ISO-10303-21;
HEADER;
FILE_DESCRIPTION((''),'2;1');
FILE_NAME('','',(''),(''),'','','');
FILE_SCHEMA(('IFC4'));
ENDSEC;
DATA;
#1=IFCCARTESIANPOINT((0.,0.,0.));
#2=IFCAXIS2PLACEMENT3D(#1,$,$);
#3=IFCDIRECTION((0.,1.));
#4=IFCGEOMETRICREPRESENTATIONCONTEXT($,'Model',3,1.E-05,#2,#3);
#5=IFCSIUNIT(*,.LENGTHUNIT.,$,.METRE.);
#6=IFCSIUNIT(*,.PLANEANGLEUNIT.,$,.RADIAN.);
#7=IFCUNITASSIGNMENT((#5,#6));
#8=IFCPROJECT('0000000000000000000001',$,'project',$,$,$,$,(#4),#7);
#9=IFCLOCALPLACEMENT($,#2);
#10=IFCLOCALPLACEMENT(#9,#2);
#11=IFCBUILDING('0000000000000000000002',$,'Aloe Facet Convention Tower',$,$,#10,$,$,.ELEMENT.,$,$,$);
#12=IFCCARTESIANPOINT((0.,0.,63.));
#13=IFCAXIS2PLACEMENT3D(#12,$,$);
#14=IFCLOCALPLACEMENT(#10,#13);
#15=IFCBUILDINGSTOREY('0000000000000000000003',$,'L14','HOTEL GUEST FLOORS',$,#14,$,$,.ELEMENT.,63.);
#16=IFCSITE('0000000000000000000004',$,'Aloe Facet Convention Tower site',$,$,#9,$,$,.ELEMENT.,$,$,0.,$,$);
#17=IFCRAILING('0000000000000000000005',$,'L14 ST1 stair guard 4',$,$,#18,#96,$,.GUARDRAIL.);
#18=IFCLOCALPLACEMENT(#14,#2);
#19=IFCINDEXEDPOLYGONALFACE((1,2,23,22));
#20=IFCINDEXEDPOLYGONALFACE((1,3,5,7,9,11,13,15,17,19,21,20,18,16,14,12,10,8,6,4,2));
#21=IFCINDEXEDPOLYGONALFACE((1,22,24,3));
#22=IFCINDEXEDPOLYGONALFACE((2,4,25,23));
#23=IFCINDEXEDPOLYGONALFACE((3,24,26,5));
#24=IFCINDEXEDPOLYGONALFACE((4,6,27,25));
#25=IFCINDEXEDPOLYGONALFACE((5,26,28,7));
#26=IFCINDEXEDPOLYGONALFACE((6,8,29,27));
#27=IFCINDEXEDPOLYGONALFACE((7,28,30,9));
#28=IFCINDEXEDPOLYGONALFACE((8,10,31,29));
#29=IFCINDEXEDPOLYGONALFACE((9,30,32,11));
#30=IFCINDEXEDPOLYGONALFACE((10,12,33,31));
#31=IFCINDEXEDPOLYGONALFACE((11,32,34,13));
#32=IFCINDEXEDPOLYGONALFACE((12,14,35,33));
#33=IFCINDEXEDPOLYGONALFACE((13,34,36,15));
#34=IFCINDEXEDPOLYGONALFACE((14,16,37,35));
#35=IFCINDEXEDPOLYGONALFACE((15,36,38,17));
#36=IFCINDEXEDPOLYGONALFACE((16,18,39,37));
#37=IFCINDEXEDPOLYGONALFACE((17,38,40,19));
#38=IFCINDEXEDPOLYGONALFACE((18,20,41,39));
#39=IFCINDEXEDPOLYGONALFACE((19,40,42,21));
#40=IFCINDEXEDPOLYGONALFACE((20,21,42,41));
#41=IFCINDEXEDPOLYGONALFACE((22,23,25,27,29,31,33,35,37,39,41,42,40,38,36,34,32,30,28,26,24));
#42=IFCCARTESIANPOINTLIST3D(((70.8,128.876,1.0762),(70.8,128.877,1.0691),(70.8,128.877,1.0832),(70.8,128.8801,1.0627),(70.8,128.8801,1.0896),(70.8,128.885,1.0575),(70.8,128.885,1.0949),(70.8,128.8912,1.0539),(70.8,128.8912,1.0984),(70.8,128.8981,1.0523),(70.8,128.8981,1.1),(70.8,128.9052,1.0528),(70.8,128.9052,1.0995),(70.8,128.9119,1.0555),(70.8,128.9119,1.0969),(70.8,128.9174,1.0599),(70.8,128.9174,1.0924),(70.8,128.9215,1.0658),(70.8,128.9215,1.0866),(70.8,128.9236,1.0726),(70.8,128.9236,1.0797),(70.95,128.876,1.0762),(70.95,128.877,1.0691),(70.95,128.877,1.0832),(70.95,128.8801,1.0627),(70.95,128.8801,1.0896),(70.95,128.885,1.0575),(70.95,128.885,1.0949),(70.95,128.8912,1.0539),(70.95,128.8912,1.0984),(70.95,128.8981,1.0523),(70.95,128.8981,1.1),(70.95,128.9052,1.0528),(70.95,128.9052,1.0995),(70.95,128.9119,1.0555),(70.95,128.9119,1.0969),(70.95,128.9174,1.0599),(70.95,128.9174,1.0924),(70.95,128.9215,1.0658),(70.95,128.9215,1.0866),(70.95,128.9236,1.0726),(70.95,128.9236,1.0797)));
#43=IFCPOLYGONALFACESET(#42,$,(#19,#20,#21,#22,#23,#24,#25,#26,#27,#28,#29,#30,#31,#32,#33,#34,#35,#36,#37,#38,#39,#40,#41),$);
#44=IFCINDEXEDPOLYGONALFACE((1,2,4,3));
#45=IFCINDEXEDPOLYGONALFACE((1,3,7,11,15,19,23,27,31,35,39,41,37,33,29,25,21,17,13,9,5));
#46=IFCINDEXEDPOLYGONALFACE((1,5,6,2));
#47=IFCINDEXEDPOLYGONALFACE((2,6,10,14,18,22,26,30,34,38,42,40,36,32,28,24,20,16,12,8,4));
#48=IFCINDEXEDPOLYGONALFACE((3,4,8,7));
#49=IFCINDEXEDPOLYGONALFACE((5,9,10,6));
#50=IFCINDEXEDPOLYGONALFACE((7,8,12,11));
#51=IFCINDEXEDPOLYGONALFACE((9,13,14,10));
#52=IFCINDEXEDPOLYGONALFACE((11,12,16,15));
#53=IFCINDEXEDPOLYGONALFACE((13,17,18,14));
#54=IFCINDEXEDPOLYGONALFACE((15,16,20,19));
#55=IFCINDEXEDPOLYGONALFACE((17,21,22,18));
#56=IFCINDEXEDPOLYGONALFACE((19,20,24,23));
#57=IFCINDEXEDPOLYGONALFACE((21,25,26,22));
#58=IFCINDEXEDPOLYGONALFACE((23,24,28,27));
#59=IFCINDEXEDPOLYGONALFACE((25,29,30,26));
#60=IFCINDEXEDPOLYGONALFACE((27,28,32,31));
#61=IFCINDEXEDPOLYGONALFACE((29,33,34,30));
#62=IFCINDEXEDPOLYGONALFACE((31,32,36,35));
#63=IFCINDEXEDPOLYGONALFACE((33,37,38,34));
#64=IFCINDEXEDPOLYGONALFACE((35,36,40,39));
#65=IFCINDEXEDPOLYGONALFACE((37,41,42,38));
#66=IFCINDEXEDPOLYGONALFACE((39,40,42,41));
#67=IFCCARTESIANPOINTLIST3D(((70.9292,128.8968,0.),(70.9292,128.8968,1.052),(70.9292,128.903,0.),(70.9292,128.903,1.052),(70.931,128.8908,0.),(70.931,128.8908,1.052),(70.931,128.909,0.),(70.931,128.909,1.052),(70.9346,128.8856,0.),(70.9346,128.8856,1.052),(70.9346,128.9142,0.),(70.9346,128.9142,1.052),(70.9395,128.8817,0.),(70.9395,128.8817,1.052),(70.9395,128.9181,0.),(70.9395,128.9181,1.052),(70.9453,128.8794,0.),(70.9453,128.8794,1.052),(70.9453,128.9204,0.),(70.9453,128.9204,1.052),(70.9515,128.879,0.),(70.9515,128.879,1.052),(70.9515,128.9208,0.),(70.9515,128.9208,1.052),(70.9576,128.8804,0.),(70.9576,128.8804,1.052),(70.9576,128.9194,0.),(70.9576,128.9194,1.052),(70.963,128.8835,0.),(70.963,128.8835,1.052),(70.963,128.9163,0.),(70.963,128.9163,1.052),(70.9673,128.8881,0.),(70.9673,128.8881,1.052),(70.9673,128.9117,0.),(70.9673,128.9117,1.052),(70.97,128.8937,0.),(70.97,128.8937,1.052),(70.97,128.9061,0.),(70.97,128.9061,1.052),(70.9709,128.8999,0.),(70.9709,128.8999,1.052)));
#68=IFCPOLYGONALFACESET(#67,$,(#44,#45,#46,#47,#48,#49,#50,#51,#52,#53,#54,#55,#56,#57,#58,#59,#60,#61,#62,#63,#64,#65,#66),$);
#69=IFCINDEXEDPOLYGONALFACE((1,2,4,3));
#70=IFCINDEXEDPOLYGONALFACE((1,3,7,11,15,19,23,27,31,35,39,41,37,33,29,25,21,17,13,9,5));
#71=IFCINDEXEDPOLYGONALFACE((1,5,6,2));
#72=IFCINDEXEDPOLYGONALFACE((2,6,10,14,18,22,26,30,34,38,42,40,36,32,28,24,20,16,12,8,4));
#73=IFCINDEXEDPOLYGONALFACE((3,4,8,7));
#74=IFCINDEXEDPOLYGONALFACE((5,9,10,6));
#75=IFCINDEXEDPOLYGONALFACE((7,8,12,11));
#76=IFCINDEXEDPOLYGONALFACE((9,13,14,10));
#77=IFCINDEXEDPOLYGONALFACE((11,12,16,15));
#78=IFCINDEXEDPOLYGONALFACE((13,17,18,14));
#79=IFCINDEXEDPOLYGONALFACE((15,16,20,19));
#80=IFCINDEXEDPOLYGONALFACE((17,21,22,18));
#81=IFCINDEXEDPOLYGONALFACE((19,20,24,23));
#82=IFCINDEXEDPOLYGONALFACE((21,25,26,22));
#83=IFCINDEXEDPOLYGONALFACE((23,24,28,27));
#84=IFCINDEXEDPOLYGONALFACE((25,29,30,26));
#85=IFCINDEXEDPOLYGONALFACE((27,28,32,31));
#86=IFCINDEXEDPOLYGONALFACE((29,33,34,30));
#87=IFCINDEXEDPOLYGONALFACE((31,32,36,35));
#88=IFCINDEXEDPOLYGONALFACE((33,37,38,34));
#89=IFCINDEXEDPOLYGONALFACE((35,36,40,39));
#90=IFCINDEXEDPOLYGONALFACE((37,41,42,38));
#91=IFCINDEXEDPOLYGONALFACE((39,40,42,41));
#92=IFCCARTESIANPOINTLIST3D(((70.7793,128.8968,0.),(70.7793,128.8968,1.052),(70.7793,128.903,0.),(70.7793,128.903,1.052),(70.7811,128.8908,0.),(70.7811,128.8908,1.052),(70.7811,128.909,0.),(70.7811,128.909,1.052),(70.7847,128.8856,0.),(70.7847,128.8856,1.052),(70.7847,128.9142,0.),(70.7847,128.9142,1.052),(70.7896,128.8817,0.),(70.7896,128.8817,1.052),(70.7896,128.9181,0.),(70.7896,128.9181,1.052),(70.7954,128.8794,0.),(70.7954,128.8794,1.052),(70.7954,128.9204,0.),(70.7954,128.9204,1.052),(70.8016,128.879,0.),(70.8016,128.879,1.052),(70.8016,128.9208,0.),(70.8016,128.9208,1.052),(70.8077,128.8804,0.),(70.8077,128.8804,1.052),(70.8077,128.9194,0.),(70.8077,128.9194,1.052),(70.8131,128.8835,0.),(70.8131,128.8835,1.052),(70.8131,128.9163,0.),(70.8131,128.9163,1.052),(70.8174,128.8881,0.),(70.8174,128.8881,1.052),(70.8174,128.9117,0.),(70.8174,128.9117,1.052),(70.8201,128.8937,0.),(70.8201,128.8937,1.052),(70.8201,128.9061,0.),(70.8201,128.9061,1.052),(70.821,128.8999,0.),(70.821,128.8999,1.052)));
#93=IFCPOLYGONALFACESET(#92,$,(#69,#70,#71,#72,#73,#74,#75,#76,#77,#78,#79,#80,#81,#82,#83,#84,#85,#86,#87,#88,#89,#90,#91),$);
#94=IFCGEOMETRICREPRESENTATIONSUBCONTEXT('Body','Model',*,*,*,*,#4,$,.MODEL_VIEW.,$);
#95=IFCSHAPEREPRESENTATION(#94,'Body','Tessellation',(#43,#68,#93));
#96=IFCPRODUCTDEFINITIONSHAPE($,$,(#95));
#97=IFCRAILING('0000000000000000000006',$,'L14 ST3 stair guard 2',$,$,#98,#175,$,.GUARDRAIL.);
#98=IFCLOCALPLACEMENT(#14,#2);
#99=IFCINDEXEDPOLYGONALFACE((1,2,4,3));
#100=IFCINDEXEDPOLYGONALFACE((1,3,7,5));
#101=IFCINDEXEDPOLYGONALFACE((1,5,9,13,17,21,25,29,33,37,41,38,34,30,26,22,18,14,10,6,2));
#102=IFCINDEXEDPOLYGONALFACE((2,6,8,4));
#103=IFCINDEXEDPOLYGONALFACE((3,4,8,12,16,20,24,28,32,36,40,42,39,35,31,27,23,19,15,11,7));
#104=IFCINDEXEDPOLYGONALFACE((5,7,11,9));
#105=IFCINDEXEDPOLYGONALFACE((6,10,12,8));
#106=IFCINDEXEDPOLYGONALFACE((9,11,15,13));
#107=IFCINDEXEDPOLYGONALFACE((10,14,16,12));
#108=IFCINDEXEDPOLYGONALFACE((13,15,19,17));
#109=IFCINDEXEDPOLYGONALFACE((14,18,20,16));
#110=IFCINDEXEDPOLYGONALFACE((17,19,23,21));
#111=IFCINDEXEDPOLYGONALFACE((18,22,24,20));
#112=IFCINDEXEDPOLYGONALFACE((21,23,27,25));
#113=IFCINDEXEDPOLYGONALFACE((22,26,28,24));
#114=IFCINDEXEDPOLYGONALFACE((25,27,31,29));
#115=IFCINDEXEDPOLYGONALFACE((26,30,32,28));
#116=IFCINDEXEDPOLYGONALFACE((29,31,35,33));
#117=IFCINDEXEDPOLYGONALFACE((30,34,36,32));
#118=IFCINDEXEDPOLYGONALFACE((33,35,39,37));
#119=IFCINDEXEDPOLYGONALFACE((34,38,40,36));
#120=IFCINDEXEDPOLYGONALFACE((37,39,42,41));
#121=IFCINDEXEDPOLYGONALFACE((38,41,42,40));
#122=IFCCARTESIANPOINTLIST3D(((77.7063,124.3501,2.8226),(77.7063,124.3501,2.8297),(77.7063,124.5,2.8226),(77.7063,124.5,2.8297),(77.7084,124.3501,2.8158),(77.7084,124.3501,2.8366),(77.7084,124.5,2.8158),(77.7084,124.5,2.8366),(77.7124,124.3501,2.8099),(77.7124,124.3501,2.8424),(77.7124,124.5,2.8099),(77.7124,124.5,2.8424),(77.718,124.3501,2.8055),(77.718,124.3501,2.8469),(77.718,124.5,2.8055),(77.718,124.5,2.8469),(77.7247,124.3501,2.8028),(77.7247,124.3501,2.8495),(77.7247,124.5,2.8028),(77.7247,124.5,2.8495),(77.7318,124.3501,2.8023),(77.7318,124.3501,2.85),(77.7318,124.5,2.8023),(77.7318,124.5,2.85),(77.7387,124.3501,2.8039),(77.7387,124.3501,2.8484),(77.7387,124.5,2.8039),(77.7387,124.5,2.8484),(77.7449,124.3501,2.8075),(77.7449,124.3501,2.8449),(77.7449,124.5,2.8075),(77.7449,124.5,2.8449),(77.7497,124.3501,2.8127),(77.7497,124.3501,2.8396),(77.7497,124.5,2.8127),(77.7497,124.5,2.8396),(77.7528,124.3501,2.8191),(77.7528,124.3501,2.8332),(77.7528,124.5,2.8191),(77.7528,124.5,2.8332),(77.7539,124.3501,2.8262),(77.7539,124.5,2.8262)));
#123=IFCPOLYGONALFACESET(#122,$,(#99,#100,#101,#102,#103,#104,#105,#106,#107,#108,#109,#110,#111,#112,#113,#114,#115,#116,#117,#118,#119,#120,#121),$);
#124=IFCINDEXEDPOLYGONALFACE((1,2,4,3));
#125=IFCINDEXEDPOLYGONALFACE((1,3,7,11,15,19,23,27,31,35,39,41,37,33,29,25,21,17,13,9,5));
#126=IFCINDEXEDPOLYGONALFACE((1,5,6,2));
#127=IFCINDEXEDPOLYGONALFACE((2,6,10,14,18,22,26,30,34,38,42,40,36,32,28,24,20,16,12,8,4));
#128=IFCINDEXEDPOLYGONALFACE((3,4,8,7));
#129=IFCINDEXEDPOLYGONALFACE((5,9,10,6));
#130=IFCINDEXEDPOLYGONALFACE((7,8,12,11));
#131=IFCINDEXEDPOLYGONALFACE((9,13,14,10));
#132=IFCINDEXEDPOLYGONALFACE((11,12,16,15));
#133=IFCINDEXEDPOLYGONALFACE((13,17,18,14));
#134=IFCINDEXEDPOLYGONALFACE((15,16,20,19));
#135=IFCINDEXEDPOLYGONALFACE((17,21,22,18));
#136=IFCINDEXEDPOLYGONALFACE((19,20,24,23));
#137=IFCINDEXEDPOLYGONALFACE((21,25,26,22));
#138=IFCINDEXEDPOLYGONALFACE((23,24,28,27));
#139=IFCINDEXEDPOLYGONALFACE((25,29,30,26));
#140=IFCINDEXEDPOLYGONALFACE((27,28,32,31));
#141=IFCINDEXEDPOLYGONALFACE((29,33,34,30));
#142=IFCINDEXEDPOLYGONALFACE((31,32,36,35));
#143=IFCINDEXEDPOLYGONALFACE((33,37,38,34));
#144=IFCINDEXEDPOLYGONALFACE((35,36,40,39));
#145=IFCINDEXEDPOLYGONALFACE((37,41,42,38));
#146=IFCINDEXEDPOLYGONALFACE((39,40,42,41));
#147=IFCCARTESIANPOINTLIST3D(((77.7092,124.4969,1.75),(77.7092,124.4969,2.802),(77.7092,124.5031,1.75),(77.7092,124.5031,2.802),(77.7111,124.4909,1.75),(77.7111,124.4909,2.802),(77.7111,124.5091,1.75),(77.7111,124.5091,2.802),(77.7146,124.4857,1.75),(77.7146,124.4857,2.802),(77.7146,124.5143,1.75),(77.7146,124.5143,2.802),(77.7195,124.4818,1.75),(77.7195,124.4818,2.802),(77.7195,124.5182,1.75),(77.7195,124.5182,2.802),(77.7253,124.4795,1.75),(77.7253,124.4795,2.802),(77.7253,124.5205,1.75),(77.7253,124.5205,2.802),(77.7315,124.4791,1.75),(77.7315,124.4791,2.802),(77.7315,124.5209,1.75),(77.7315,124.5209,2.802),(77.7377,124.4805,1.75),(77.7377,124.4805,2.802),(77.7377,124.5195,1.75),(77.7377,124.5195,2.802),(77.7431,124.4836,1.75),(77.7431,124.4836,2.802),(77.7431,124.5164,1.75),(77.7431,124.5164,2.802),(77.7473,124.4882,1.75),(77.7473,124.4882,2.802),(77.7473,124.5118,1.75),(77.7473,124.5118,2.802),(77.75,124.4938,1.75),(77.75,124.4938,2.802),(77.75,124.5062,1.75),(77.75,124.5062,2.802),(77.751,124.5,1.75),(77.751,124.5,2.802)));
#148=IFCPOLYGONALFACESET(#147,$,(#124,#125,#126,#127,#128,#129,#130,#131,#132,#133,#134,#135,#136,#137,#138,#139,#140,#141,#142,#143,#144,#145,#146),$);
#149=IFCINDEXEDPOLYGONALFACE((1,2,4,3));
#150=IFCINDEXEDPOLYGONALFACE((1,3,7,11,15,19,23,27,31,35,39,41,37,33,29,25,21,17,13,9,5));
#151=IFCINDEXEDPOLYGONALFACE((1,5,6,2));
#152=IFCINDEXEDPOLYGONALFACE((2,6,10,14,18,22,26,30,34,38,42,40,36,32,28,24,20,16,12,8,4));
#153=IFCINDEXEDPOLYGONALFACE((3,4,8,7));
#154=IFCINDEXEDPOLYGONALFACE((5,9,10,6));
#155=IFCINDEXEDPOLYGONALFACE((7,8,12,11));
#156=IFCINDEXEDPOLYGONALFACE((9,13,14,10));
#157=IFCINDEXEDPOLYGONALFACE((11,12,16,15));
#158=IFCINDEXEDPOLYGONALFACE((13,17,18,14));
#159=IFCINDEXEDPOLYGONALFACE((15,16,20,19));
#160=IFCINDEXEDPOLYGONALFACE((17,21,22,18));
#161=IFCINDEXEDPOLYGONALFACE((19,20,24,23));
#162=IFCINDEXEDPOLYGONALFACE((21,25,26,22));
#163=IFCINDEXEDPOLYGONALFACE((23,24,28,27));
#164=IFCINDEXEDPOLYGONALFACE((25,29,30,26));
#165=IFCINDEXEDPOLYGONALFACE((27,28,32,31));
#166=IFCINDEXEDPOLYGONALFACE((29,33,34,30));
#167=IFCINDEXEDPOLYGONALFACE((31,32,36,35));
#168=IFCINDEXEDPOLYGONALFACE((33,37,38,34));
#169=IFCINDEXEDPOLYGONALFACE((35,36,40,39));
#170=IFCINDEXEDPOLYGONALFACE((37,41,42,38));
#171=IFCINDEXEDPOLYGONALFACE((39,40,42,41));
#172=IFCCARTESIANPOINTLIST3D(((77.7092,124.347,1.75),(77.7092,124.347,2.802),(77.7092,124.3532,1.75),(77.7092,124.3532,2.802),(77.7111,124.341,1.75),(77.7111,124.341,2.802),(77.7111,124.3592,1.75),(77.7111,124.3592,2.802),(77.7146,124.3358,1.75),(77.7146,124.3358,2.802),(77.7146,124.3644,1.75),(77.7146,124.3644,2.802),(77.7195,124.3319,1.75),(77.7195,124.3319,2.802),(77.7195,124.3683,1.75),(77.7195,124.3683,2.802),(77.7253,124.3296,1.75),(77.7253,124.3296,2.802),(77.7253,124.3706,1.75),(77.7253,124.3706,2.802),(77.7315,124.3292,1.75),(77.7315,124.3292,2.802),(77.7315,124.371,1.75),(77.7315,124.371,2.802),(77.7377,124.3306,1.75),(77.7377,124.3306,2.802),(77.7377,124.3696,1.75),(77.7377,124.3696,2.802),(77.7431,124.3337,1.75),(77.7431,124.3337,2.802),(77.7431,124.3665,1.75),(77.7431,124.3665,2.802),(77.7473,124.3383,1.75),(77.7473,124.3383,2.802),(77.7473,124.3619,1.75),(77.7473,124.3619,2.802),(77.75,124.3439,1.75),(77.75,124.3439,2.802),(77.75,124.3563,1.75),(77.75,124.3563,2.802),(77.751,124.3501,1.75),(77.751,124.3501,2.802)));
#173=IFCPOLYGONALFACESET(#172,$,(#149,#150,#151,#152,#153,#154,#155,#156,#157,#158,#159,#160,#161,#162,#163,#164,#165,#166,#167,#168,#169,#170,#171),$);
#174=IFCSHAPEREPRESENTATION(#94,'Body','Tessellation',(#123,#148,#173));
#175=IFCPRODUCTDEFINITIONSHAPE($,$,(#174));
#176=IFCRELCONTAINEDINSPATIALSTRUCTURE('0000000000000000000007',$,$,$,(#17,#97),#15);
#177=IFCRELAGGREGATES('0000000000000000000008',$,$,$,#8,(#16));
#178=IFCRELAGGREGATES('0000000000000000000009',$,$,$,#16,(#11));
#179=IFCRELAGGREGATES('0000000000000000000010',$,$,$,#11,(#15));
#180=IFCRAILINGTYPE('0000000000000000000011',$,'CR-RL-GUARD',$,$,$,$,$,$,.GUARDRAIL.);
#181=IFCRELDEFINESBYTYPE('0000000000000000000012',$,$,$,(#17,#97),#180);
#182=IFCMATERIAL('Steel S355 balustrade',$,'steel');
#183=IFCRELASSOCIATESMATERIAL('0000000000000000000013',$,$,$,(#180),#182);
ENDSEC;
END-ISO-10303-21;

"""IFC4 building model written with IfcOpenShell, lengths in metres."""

from ifc_helpers import new_model, si_unit, direction, frame, origin, origin_2d, place, context, subcontext, project, spatial, circle, extrude, material, type_object, element, save


model = new_model("IFC4")

# Units and contexts
model_context = context("Model", 3, precision=1e-05, world=origin(), true_north=direction((0.0, 1.0)))
body_context = subcontext(model_context, "Body", "Model", "MODEL_VIEW")
ifc_project = project(units=[si_unit("LENGTHUNIT", "METRE"), si_unit("PLANEANGLEUNIT", "RADIAN")], contexts=[model_context])

# Site, building, storey
site_placement = place(None, origin())
site = spatial("IfcSite", under=ifc_project, at=site_placement, Name="Aloe Facet Convention Tower site", CompositionType="ELEMENT", RefElevation=0.0)
building_placement = place(site_placement, origin())
building = spatial("IfcBuilding", under=site, at=building_placement, Name="Aloe Facet Convention Tower", CompositionType="ELEMENT")
storey_placement = place(building_placement, frame((0.0, 0.0, 63.0)))
storey = spatial("IfcBuildingStorey", under=building, at=storey_placement, Name="L14", Description="HOTEL GUEST FLOORS", CompositionType="ELEMENT", Elevation=63.0)

# Railings
ifc_material_1 = material(Name="Steel S355 balustrade", Category="steel")
railing_type_1 = type_object("IfcRailingType", Name="CR-RL-GUARD", PredefinedType="GUARDRAIL", material=ifc_material_1)
railing_1_placement = place(storey_placement, frame((70.95, 128.8999, 0.0)))
element("IfcRailing", 1, at=railing_1_placement, inside=storey, type_object=railing_type_1, Name="L14 ST1 stair guard 4", PredefinedType="GUARDRAIL", context=body_context, shape_type="SweptSolid", body=[
    extrude(circle(Radius=0.0239, at=origin_2d()), frame((0.0, 0.0, 1.0762), z_axis=(-1.0, 0.0, 0.0), x_axis=(0.0, -1.0, 0.0)), (0.0, 0.0, 1.0), 0.1499),
    extrude(circle(Radius=0.021, at=origin_2d()), origin(), (0.0, 0.0, 1.0), 1.052),
    extrude(circle(Radius=0.021, at=origin_2d()), frame((-0.1499, 0.0, 0.0)), (0.0, 0.0, 1.0), 1.052),
])
railing_2_placement = place(storey_placement, frame((77.73, 124.5, 1.75)))
element("IfcRailing", 2, at=railing_2_placement, inside=storey, type_object=railing_type_1, Name="L14 ST3 stair guard 2", PredefinedType="GUARDRAIL", context=body_context, shape_type="SweptSolid", body=[
    extrude(circle(Radius=0.0239, at=origin_2d()), frame((0.0, 0.0, 1.0762), z_axis=(0.0, -1.0, 0.0), x_axis=(1.0, 0.0, 0.0)), (0.0, 0.0, 1.0), 0.1499),
    extrude(circle(Radius=0.021, at=origin_2d()), origin(), (0.0, 0.0, 1.0), 1.052),
    extrude(circle(Radius=0.021, at=origin_2d()), frame((0.0, -0.1499, 0.0)), (0.0, 0.0, 1.0), 1.052),
])

save(model, "model.ifc")
